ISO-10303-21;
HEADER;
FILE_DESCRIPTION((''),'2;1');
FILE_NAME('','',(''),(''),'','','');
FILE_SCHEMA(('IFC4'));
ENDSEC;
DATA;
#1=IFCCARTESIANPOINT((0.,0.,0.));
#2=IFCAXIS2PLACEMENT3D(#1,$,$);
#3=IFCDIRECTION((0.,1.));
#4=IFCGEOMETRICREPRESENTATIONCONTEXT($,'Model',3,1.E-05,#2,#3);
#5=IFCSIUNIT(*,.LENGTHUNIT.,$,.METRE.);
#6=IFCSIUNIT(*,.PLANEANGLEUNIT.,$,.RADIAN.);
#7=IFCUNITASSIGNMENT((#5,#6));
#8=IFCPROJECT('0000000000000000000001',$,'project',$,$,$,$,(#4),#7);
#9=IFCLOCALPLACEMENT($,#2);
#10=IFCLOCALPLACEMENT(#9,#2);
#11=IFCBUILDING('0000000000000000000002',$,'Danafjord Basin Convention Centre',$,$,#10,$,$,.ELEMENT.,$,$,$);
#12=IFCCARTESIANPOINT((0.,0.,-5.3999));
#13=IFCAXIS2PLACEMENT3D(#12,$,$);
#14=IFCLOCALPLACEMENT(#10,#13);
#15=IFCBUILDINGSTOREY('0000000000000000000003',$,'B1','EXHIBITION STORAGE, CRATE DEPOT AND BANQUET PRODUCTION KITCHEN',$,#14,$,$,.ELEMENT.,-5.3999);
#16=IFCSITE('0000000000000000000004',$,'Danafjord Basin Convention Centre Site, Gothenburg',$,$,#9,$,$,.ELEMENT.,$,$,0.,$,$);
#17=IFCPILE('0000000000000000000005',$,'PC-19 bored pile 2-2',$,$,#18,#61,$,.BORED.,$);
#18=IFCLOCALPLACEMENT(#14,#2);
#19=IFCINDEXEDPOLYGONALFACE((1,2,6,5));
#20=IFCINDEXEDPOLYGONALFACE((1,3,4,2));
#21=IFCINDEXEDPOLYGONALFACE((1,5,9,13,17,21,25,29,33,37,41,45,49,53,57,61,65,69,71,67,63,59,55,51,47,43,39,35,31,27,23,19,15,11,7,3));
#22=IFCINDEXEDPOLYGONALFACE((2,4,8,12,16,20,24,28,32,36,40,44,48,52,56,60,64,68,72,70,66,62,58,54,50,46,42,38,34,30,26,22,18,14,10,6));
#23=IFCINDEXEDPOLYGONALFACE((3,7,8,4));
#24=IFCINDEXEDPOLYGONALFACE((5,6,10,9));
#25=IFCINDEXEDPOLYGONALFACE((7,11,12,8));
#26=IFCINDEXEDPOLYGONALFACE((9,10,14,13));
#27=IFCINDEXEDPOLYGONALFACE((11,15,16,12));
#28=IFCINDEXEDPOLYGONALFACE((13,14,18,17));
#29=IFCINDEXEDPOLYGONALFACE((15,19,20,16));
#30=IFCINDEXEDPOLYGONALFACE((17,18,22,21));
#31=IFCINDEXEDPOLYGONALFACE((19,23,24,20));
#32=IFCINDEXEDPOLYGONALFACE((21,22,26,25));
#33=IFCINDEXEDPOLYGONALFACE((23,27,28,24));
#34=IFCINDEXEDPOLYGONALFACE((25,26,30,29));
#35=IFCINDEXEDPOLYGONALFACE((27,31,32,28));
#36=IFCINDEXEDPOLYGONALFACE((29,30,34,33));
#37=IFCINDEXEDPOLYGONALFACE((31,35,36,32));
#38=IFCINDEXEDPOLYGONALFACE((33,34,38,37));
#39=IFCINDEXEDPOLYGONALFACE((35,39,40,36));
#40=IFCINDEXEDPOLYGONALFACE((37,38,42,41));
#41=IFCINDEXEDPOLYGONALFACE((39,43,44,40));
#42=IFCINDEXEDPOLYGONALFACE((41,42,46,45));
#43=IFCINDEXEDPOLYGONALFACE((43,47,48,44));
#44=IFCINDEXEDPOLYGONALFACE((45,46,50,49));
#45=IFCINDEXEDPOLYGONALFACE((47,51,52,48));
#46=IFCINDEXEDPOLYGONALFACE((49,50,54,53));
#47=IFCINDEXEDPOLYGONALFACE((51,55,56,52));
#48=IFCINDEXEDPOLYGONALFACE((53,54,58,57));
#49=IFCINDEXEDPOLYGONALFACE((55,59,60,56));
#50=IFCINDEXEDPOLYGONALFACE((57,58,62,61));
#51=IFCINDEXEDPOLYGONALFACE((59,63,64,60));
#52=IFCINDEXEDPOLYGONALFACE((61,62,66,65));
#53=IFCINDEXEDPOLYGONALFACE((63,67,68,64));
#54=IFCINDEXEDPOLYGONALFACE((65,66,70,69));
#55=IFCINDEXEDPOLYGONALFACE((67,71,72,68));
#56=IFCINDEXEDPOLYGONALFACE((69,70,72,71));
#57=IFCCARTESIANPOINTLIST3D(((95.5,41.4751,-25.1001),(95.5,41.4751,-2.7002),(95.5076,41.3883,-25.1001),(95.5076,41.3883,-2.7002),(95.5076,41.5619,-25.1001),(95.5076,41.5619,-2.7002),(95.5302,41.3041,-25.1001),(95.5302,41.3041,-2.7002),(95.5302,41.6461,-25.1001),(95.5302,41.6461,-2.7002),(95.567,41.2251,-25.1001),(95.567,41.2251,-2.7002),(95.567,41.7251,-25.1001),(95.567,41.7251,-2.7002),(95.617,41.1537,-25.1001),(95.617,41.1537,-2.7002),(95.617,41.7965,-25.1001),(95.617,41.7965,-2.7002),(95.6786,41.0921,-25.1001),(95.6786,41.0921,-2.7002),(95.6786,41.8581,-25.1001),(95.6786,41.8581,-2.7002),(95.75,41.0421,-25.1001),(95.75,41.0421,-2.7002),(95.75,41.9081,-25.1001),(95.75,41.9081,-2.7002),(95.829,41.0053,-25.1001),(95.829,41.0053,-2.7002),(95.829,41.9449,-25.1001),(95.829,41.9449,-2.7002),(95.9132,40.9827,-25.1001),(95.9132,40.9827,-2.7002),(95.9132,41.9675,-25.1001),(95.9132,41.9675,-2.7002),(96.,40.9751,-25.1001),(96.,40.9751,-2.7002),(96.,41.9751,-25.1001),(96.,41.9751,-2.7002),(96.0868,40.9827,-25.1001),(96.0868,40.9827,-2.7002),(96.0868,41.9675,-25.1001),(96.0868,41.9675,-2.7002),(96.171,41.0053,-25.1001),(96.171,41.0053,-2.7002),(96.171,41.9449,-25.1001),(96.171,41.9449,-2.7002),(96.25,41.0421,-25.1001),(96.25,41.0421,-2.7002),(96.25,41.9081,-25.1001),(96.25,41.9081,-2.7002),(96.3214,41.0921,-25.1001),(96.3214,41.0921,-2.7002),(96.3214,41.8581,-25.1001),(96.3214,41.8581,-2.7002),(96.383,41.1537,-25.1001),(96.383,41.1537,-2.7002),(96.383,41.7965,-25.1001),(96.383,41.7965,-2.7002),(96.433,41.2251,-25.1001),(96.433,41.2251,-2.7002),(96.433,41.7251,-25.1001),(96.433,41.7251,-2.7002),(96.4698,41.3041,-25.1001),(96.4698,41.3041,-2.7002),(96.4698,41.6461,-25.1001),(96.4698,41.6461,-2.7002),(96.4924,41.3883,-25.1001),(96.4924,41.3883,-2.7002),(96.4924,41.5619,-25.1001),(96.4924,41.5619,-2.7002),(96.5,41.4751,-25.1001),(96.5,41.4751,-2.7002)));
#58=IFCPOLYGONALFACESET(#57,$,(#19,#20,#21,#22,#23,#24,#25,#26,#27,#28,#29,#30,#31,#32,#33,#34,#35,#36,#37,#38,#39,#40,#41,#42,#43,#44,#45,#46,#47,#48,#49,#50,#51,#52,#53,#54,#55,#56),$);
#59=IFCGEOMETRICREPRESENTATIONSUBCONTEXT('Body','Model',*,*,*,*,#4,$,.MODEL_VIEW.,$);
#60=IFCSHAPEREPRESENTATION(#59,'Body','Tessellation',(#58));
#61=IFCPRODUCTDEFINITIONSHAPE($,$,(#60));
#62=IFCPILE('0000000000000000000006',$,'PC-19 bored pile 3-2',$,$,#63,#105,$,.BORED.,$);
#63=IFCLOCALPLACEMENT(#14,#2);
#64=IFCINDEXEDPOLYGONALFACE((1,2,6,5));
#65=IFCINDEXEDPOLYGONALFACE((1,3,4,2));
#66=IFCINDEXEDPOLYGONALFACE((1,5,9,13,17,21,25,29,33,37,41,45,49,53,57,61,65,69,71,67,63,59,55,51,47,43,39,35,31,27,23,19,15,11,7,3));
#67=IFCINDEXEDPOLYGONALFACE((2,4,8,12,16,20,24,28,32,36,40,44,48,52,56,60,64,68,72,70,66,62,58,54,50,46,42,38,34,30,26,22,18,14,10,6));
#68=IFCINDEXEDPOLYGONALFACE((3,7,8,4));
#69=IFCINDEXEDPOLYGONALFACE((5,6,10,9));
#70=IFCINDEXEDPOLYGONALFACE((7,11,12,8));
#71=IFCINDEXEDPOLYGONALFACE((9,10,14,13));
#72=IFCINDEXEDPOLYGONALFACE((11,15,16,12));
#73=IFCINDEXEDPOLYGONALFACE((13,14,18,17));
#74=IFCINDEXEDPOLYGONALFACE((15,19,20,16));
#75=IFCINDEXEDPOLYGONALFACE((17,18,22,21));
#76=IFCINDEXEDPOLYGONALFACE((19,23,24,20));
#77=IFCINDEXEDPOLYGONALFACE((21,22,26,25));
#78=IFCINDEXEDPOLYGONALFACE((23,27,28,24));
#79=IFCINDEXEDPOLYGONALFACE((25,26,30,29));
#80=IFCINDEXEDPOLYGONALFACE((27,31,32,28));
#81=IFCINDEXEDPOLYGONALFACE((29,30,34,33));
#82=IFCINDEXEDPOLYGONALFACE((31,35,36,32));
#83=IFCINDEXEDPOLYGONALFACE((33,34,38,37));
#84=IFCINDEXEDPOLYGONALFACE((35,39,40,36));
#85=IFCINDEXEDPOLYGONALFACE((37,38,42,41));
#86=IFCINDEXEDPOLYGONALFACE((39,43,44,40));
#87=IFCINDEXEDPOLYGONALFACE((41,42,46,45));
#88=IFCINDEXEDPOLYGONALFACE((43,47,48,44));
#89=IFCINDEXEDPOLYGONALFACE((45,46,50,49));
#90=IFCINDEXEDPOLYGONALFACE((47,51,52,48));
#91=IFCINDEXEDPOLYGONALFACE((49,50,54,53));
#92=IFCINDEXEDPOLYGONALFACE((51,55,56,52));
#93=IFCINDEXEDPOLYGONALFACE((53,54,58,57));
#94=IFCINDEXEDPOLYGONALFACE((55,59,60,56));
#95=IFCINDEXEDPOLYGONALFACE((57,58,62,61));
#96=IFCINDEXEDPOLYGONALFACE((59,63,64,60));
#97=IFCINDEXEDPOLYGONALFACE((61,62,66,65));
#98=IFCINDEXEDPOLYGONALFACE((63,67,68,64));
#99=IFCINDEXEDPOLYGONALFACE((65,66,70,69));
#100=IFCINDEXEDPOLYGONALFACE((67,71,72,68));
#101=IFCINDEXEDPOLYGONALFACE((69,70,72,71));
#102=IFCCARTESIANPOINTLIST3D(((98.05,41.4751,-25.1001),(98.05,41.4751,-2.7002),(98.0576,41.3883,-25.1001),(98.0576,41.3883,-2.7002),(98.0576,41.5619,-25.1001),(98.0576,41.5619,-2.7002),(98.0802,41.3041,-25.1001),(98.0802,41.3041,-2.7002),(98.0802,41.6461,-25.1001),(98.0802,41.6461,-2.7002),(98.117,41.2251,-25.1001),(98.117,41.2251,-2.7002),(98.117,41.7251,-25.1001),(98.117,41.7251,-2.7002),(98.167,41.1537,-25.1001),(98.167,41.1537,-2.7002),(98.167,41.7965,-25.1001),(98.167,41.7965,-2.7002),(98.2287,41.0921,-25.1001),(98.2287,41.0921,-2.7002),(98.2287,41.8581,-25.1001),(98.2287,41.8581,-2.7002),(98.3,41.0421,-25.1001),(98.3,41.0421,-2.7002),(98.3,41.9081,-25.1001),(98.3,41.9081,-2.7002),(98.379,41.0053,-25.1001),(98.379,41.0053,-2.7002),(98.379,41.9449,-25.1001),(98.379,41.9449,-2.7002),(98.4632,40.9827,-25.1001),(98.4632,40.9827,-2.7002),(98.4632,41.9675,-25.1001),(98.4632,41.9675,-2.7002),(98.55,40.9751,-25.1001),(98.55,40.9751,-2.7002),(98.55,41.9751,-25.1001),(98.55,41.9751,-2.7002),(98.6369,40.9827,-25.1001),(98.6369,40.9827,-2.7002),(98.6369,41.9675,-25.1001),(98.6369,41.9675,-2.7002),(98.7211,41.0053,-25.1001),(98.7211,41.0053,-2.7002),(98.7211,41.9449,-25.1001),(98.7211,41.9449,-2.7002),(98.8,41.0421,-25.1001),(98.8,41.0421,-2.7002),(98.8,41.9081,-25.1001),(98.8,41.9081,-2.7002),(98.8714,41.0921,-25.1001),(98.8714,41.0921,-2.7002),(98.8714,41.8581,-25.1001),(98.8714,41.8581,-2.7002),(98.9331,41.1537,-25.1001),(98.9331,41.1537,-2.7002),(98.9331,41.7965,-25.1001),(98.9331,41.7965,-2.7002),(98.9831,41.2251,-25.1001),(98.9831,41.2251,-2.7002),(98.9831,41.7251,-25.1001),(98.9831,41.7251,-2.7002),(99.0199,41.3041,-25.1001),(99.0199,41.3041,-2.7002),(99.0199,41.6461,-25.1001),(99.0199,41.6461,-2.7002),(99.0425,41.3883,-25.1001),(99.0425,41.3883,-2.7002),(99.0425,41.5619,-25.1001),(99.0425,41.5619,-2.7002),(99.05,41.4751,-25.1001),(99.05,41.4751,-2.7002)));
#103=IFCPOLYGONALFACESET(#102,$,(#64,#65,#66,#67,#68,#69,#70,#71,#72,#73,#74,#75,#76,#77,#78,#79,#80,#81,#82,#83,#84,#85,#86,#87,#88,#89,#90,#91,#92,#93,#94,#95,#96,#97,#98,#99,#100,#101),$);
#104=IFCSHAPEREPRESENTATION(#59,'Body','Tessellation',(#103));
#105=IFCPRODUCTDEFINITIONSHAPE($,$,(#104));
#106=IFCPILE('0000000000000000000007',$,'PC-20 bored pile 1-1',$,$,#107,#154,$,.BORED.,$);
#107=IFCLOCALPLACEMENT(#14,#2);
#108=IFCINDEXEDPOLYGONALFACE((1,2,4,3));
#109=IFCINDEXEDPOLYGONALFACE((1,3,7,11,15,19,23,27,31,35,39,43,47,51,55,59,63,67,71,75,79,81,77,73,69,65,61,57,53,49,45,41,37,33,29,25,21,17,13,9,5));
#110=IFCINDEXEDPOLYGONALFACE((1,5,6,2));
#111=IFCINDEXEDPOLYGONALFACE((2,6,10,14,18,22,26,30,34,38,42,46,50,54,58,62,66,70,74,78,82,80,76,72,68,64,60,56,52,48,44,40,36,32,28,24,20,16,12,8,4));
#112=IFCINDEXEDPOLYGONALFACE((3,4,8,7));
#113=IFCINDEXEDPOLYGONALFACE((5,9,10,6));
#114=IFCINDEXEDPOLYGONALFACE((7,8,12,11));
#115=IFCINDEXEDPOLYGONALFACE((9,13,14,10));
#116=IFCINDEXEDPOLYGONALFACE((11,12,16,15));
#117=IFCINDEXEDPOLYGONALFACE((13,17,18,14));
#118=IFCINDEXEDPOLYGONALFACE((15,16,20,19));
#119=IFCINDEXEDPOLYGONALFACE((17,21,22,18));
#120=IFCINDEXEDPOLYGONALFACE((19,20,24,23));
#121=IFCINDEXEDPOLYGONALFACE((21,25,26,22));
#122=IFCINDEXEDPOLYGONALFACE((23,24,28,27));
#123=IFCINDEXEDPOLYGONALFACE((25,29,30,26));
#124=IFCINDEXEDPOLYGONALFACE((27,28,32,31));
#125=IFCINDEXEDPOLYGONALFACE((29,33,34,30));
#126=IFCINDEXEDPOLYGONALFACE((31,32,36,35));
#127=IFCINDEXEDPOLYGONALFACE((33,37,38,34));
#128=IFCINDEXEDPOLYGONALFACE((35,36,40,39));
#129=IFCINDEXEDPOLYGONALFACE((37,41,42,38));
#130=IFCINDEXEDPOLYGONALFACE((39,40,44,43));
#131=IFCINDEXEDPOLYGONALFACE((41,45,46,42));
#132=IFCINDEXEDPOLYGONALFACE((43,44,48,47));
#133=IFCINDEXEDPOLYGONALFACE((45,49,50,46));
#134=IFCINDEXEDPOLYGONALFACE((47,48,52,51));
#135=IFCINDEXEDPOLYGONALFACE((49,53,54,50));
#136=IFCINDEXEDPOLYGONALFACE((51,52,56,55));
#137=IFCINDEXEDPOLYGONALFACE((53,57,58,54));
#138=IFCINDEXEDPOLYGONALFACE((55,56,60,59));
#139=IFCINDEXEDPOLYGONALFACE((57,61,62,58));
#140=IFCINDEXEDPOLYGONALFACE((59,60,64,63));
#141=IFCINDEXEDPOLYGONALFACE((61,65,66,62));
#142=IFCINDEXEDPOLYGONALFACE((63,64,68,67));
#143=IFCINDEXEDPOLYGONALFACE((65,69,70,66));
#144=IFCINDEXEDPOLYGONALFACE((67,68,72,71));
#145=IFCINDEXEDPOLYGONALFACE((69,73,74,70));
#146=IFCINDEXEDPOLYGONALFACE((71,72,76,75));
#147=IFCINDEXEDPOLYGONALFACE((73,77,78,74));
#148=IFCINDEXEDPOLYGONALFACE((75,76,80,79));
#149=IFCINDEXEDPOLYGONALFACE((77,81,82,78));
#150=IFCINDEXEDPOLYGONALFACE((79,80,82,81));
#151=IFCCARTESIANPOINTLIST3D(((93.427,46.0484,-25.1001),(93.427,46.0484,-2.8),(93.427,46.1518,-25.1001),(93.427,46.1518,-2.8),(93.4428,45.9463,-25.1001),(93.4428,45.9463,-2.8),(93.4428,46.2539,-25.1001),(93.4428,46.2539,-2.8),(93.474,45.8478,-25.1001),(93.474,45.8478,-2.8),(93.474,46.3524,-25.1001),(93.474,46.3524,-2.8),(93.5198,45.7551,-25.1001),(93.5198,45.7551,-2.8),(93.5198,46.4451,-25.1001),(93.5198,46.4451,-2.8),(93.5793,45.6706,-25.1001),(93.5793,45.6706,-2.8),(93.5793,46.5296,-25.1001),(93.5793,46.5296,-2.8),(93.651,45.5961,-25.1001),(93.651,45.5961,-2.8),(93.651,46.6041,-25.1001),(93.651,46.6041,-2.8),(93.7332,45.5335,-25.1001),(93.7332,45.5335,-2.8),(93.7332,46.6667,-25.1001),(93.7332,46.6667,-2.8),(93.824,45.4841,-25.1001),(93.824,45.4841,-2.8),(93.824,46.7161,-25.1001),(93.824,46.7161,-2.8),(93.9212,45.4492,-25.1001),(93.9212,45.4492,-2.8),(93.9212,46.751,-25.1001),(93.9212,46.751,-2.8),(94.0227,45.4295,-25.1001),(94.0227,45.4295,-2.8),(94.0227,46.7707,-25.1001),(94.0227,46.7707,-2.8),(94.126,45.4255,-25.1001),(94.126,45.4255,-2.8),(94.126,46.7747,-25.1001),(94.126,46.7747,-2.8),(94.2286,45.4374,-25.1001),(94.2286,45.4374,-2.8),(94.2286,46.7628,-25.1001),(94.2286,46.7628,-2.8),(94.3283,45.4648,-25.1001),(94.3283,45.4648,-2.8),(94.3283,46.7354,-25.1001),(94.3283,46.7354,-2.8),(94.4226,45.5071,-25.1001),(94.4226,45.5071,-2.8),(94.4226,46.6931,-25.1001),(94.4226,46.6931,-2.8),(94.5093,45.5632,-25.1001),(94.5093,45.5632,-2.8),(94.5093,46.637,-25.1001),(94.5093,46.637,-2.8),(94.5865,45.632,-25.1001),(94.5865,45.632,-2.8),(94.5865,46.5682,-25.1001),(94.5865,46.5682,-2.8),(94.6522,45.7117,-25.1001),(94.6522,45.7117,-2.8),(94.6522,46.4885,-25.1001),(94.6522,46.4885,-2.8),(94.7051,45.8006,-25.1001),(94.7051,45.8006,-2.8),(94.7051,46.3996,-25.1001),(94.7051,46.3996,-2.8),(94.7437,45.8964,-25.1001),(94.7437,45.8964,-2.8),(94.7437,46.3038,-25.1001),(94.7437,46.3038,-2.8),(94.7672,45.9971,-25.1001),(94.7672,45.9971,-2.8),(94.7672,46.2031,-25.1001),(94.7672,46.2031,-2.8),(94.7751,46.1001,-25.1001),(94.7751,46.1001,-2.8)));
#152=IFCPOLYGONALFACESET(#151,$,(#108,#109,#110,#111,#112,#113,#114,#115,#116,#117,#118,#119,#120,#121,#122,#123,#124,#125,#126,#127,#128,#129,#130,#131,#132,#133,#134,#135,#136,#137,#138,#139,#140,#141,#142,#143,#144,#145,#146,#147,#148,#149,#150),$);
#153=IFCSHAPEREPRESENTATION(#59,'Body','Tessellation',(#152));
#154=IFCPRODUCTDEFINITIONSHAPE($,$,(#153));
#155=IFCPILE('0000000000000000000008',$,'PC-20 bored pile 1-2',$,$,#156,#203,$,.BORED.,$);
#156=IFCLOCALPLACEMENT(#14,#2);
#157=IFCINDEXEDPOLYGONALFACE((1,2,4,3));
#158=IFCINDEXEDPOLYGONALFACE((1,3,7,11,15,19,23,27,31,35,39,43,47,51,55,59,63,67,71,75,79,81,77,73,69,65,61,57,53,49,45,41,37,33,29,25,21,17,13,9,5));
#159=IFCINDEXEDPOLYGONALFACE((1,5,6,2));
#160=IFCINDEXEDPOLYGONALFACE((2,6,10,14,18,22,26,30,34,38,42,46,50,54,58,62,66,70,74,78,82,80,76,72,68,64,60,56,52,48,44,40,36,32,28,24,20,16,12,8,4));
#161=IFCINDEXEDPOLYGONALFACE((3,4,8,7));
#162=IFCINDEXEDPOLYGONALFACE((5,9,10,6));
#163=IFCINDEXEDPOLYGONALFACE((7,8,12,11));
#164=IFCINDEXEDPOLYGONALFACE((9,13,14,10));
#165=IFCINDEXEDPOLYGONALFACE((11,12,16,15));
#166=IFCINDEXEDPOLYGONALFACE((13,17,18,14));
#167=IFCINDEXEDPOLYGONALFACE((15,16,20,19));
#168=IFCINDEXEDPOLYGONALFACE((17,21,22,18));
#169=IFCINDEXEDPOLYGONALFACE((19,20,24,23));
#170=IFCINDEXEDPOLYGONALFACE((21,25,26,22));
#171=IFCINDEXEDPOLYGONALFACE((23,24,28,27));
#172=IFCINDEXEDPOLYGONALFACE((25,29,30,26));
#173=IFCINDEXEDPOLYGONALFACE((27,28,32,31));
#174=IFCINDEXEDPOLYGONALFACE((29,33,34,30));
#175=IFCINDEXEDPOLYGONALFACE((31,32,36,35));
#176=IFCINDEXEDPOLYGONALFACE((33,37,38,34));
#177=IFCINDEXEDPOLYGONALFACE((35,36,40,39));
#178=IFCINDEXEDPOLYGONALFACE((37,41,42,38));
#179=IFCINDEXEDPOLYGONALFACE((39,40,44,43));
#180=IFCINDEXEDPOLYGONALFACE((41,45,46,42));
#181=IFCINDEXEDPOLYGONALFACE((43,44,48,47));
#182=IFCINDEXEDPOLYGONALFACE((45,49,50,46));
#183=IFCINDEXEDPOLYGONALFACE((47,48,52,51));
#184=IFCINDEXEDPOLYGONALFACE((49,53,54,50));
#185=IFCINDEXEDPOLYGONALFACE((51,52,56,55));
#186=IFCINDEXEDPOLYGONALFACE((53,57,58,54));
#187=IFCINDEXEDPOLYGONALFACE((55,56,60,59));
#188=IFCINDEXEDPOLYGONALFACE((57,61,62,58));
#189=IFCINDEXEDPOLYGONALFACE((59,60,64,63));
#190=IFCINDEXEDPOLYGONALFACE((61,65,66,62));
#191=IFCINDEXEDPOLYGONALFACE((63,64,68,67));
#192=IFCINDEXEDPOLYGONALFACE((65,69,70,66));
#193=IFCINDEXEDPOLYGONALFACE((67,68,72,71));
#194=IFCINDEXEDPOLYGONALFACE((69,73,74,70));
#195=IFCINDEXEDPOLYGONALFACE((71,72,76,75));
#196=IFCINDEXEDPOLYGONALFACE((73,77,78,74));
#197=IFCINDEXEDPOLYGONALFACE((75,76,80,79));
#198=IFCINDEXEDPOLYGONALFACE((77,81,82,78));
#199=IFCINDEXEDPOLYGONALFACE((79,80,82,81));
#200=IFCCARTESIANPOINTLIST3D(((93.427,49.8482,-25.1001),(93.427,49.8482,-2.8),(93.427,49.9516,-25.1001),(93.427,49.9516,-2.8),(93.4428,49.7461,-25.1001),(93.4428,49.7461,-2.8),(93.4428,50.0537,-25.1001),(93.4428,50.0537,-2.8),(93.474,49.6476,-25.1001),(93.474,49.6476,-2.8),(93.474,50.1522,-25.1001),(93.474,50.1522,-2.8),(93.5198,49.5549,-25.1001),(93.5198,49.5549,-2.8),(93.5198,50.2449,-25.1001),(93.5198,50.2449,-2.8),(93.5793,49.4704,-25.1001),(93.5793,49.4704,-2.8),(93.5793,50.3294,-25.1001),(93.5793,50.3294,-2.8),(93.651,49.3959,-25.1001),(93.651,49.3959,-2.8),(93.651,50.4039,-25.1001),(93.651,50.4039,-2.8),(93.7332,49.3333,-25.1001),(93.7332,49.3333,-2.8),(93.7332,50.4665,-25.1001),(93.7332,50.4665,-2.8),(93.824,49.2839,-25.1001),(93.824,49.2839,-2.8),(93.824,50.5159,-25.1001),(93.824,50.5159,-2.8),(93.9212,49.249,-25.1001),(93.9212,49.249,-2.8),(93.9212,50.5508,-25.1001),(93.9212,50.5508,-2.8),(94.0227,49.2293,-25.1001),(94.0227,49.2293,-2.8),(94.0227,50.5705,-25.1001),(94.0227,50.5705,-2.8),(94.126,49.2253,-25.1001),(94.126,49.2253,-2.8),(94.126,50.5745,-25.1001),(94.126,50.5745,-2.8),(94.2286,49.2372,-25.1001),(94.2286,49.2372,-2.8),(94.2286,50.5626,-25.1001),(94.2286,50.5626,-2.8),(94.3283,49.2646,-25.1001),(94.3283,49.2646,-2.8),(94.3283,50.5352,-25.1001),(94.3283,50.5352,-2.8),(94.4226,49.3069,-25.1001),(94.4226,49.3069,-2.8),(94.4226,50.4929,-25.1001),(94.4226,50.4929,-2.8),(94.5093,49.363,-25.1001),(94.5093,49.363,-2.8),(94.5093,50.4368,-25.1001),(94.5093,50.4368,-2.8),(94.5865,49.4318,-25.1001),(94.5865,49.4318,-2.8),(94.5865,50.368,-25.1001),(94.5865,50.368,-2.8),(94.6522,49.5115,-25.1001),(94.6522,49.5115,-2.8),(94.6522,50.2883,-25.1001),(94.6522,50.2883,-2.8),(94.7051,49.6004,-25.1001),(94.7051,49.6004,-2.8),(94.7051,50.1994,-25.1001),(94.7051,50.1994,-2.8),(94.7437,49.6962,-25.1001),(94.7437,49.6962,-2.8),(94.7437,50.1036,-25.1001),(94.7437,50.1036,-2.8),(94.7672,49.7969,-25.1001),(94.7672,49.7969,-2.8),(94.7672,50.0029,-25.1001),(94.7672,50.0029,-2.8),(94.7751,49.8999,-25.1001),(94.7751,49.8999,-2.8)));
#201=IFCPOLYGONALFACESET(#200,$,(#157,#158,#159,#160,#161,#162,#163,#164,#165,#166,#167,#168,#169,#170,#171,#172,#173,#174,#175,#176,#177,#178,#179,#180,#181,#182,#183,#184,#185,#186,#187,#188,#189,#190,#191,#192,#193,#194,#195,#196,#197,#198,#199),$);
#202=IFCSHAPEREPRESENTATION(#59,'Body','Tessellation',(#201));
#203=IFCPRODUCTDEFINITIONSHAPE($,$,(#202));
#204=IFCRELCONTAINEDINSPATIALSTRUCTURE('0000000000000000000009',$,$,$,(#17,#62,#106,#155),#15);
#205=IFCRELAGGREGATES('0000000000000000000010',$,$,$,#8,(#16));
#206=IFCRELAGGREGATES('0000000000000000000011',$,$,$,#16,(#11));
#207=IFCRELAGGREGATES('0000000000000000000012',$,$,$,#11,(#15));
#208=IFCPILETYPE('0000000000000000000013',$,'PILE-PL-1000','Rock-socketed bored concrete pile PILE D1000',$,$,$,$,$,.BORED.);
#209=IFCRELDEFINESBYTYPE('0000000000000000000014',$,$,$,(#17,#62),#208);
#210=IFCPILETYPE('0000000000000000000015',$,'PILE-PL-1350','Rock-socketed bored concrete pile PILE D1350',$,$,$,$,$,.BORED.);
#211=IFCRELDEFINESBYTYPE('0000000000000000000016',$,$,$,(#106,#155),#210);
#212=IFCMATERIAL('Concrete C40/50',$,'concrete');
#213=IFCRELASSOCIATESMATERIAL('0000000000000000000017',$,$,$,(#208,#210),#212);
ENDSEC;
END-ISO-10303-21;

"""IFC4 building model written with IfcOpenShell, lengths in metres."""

from ifc_helpers import new_model, si_unit, direction, frame, origin, origin_2d, place, context, subcontext, project, spatial, circle, extrude, material, material_profile, profile_set, type_object, element, save


model = new_model("IFC4")

# Units and contexts
model_context = context("Model", 3, precision=1e-05, world=origin(), true_north=direction((0.0, 1.0)))
body_context = subcontext(model_context, "Body", "Model", "MODEL_VIEW")
ifc_project = project(units=[si_unit("LENGTHUNIT", "METRE"), si_unit("PLANEANGLEUNIT", "RADIAN")], contexts=[model_context])

# Site, building, storey
site_placement = place(None, origin())
site = spatial("IfcSite", under=ifc_project, at=site_placement, Name="Danafjord Basin Convention Centre Site, Gothenburg", CompositionType="ELEMENT", RefElevation=0.0)
building_placement = place(site_placement, origin())
building = spatial("IfcBuilding", under=site, at=building_placement, Name="Danafjord Basin Convention Centre", CompositionType="ELEMENT")
storey_placement = place(building_placement, frame((0.0, 0.0, -5.3999)))
storey = spatial("IfcBuildingStorey", under=building, at=storey_placement, Name="B1", Description="EXHIBITION STORAGE, CRATE DEPOT AND BANQUET PRODUCTION KITCHEN", CompositionType="ELEMENT", Elevation=-5.3999)

# Shared definitions
ifc_material_1 = material(Name="Concrete C40/50", Category="concrete")

# Piles
ifc_material_profile_1 = material_profile(ifc_material_1, circle(Radius=0.5, at=origin_2d()), Name="PILE D1000")
ifc_profile_set_1 = profile_set([ifc_material_profile_1], Name="Concrete C40/50")
pile_type_1 = type_object("IfcPileType", Name="PILE-PL-1000", Description="Rock-socketed bored concrete pile PILE D1000", PredefinedType="BORED", material=ifc_profile_set_1)
for number, where, z_axis, x_axis, name in (
    (1, (96.0, 41.4751, -2.7002), (0.0, 0.0, -1.0), (1.0, 0.0, 0.0), "PC-19 bored pile 2-2"),
    (2, (98.55, 41.4751, -2.7002), (0.0, 0.0, -1.0), (1.0, 0.0, 0.0), "PC-19 bored pile 3-2"),
):
    element("IfcPile", number, at=place(storey_placement, frame(where, z_axis=z_axis, x_axis=x_axis)), inside=storey, type_object=pile_type_1, Name=name, PredefinedType="BORED", context=body_context, shape_type="SweptSolid", body=[
        extrude(circle(Radius=0.5, at=origin_2d()), origin(), (0.0, 0.0, 1.0), 22.3999),
    ])
ifc_material_profile_2 = material_profile(ifc_material_1, circle(Radius=0.675, at=origin_2d()), Name="PILE D1350")
ifc_profile_set_2 = profile_set([ifc_material_profile_2], Name="Concrete C40/50")
pile_type_2 = type_object("IfcPileType", Name="PILE-PL-1350", Description="Rock-socketed bored concrete pile PILE D1350", PredefinedType="BORED", material=ifc_profile_set_2)
for number, where, z_axis, x_axis, name in (
    (3, (94.1001, 46.1001, -2.8), (0.0, 0.0, -1.0), (1.0, 0.0, 0.0), "PC-20 bored pile 1-1"),
    (4, (94.1001, 49.8999, -2.8), (0.0, 0.0, -1.0), (1.0, 0.0, 0.0), "PC-20 bored pile 1-2"),
):
    element("IfcPile", number, at=place(storey_placement, frame(where, z_axis=z_axis, x_axis=x_axis)), inside=storey, type_object=pile_type_2, Name=name, PredefinedType="BORED", context=body_context, shape_type="SweptSolid", body=[
        extrude(circle(Radius=0.675, at=origin_2d()), origin(), (0.0, 0.0, 1.0), 22.3),
    ])

save(model, "model.ifc")
